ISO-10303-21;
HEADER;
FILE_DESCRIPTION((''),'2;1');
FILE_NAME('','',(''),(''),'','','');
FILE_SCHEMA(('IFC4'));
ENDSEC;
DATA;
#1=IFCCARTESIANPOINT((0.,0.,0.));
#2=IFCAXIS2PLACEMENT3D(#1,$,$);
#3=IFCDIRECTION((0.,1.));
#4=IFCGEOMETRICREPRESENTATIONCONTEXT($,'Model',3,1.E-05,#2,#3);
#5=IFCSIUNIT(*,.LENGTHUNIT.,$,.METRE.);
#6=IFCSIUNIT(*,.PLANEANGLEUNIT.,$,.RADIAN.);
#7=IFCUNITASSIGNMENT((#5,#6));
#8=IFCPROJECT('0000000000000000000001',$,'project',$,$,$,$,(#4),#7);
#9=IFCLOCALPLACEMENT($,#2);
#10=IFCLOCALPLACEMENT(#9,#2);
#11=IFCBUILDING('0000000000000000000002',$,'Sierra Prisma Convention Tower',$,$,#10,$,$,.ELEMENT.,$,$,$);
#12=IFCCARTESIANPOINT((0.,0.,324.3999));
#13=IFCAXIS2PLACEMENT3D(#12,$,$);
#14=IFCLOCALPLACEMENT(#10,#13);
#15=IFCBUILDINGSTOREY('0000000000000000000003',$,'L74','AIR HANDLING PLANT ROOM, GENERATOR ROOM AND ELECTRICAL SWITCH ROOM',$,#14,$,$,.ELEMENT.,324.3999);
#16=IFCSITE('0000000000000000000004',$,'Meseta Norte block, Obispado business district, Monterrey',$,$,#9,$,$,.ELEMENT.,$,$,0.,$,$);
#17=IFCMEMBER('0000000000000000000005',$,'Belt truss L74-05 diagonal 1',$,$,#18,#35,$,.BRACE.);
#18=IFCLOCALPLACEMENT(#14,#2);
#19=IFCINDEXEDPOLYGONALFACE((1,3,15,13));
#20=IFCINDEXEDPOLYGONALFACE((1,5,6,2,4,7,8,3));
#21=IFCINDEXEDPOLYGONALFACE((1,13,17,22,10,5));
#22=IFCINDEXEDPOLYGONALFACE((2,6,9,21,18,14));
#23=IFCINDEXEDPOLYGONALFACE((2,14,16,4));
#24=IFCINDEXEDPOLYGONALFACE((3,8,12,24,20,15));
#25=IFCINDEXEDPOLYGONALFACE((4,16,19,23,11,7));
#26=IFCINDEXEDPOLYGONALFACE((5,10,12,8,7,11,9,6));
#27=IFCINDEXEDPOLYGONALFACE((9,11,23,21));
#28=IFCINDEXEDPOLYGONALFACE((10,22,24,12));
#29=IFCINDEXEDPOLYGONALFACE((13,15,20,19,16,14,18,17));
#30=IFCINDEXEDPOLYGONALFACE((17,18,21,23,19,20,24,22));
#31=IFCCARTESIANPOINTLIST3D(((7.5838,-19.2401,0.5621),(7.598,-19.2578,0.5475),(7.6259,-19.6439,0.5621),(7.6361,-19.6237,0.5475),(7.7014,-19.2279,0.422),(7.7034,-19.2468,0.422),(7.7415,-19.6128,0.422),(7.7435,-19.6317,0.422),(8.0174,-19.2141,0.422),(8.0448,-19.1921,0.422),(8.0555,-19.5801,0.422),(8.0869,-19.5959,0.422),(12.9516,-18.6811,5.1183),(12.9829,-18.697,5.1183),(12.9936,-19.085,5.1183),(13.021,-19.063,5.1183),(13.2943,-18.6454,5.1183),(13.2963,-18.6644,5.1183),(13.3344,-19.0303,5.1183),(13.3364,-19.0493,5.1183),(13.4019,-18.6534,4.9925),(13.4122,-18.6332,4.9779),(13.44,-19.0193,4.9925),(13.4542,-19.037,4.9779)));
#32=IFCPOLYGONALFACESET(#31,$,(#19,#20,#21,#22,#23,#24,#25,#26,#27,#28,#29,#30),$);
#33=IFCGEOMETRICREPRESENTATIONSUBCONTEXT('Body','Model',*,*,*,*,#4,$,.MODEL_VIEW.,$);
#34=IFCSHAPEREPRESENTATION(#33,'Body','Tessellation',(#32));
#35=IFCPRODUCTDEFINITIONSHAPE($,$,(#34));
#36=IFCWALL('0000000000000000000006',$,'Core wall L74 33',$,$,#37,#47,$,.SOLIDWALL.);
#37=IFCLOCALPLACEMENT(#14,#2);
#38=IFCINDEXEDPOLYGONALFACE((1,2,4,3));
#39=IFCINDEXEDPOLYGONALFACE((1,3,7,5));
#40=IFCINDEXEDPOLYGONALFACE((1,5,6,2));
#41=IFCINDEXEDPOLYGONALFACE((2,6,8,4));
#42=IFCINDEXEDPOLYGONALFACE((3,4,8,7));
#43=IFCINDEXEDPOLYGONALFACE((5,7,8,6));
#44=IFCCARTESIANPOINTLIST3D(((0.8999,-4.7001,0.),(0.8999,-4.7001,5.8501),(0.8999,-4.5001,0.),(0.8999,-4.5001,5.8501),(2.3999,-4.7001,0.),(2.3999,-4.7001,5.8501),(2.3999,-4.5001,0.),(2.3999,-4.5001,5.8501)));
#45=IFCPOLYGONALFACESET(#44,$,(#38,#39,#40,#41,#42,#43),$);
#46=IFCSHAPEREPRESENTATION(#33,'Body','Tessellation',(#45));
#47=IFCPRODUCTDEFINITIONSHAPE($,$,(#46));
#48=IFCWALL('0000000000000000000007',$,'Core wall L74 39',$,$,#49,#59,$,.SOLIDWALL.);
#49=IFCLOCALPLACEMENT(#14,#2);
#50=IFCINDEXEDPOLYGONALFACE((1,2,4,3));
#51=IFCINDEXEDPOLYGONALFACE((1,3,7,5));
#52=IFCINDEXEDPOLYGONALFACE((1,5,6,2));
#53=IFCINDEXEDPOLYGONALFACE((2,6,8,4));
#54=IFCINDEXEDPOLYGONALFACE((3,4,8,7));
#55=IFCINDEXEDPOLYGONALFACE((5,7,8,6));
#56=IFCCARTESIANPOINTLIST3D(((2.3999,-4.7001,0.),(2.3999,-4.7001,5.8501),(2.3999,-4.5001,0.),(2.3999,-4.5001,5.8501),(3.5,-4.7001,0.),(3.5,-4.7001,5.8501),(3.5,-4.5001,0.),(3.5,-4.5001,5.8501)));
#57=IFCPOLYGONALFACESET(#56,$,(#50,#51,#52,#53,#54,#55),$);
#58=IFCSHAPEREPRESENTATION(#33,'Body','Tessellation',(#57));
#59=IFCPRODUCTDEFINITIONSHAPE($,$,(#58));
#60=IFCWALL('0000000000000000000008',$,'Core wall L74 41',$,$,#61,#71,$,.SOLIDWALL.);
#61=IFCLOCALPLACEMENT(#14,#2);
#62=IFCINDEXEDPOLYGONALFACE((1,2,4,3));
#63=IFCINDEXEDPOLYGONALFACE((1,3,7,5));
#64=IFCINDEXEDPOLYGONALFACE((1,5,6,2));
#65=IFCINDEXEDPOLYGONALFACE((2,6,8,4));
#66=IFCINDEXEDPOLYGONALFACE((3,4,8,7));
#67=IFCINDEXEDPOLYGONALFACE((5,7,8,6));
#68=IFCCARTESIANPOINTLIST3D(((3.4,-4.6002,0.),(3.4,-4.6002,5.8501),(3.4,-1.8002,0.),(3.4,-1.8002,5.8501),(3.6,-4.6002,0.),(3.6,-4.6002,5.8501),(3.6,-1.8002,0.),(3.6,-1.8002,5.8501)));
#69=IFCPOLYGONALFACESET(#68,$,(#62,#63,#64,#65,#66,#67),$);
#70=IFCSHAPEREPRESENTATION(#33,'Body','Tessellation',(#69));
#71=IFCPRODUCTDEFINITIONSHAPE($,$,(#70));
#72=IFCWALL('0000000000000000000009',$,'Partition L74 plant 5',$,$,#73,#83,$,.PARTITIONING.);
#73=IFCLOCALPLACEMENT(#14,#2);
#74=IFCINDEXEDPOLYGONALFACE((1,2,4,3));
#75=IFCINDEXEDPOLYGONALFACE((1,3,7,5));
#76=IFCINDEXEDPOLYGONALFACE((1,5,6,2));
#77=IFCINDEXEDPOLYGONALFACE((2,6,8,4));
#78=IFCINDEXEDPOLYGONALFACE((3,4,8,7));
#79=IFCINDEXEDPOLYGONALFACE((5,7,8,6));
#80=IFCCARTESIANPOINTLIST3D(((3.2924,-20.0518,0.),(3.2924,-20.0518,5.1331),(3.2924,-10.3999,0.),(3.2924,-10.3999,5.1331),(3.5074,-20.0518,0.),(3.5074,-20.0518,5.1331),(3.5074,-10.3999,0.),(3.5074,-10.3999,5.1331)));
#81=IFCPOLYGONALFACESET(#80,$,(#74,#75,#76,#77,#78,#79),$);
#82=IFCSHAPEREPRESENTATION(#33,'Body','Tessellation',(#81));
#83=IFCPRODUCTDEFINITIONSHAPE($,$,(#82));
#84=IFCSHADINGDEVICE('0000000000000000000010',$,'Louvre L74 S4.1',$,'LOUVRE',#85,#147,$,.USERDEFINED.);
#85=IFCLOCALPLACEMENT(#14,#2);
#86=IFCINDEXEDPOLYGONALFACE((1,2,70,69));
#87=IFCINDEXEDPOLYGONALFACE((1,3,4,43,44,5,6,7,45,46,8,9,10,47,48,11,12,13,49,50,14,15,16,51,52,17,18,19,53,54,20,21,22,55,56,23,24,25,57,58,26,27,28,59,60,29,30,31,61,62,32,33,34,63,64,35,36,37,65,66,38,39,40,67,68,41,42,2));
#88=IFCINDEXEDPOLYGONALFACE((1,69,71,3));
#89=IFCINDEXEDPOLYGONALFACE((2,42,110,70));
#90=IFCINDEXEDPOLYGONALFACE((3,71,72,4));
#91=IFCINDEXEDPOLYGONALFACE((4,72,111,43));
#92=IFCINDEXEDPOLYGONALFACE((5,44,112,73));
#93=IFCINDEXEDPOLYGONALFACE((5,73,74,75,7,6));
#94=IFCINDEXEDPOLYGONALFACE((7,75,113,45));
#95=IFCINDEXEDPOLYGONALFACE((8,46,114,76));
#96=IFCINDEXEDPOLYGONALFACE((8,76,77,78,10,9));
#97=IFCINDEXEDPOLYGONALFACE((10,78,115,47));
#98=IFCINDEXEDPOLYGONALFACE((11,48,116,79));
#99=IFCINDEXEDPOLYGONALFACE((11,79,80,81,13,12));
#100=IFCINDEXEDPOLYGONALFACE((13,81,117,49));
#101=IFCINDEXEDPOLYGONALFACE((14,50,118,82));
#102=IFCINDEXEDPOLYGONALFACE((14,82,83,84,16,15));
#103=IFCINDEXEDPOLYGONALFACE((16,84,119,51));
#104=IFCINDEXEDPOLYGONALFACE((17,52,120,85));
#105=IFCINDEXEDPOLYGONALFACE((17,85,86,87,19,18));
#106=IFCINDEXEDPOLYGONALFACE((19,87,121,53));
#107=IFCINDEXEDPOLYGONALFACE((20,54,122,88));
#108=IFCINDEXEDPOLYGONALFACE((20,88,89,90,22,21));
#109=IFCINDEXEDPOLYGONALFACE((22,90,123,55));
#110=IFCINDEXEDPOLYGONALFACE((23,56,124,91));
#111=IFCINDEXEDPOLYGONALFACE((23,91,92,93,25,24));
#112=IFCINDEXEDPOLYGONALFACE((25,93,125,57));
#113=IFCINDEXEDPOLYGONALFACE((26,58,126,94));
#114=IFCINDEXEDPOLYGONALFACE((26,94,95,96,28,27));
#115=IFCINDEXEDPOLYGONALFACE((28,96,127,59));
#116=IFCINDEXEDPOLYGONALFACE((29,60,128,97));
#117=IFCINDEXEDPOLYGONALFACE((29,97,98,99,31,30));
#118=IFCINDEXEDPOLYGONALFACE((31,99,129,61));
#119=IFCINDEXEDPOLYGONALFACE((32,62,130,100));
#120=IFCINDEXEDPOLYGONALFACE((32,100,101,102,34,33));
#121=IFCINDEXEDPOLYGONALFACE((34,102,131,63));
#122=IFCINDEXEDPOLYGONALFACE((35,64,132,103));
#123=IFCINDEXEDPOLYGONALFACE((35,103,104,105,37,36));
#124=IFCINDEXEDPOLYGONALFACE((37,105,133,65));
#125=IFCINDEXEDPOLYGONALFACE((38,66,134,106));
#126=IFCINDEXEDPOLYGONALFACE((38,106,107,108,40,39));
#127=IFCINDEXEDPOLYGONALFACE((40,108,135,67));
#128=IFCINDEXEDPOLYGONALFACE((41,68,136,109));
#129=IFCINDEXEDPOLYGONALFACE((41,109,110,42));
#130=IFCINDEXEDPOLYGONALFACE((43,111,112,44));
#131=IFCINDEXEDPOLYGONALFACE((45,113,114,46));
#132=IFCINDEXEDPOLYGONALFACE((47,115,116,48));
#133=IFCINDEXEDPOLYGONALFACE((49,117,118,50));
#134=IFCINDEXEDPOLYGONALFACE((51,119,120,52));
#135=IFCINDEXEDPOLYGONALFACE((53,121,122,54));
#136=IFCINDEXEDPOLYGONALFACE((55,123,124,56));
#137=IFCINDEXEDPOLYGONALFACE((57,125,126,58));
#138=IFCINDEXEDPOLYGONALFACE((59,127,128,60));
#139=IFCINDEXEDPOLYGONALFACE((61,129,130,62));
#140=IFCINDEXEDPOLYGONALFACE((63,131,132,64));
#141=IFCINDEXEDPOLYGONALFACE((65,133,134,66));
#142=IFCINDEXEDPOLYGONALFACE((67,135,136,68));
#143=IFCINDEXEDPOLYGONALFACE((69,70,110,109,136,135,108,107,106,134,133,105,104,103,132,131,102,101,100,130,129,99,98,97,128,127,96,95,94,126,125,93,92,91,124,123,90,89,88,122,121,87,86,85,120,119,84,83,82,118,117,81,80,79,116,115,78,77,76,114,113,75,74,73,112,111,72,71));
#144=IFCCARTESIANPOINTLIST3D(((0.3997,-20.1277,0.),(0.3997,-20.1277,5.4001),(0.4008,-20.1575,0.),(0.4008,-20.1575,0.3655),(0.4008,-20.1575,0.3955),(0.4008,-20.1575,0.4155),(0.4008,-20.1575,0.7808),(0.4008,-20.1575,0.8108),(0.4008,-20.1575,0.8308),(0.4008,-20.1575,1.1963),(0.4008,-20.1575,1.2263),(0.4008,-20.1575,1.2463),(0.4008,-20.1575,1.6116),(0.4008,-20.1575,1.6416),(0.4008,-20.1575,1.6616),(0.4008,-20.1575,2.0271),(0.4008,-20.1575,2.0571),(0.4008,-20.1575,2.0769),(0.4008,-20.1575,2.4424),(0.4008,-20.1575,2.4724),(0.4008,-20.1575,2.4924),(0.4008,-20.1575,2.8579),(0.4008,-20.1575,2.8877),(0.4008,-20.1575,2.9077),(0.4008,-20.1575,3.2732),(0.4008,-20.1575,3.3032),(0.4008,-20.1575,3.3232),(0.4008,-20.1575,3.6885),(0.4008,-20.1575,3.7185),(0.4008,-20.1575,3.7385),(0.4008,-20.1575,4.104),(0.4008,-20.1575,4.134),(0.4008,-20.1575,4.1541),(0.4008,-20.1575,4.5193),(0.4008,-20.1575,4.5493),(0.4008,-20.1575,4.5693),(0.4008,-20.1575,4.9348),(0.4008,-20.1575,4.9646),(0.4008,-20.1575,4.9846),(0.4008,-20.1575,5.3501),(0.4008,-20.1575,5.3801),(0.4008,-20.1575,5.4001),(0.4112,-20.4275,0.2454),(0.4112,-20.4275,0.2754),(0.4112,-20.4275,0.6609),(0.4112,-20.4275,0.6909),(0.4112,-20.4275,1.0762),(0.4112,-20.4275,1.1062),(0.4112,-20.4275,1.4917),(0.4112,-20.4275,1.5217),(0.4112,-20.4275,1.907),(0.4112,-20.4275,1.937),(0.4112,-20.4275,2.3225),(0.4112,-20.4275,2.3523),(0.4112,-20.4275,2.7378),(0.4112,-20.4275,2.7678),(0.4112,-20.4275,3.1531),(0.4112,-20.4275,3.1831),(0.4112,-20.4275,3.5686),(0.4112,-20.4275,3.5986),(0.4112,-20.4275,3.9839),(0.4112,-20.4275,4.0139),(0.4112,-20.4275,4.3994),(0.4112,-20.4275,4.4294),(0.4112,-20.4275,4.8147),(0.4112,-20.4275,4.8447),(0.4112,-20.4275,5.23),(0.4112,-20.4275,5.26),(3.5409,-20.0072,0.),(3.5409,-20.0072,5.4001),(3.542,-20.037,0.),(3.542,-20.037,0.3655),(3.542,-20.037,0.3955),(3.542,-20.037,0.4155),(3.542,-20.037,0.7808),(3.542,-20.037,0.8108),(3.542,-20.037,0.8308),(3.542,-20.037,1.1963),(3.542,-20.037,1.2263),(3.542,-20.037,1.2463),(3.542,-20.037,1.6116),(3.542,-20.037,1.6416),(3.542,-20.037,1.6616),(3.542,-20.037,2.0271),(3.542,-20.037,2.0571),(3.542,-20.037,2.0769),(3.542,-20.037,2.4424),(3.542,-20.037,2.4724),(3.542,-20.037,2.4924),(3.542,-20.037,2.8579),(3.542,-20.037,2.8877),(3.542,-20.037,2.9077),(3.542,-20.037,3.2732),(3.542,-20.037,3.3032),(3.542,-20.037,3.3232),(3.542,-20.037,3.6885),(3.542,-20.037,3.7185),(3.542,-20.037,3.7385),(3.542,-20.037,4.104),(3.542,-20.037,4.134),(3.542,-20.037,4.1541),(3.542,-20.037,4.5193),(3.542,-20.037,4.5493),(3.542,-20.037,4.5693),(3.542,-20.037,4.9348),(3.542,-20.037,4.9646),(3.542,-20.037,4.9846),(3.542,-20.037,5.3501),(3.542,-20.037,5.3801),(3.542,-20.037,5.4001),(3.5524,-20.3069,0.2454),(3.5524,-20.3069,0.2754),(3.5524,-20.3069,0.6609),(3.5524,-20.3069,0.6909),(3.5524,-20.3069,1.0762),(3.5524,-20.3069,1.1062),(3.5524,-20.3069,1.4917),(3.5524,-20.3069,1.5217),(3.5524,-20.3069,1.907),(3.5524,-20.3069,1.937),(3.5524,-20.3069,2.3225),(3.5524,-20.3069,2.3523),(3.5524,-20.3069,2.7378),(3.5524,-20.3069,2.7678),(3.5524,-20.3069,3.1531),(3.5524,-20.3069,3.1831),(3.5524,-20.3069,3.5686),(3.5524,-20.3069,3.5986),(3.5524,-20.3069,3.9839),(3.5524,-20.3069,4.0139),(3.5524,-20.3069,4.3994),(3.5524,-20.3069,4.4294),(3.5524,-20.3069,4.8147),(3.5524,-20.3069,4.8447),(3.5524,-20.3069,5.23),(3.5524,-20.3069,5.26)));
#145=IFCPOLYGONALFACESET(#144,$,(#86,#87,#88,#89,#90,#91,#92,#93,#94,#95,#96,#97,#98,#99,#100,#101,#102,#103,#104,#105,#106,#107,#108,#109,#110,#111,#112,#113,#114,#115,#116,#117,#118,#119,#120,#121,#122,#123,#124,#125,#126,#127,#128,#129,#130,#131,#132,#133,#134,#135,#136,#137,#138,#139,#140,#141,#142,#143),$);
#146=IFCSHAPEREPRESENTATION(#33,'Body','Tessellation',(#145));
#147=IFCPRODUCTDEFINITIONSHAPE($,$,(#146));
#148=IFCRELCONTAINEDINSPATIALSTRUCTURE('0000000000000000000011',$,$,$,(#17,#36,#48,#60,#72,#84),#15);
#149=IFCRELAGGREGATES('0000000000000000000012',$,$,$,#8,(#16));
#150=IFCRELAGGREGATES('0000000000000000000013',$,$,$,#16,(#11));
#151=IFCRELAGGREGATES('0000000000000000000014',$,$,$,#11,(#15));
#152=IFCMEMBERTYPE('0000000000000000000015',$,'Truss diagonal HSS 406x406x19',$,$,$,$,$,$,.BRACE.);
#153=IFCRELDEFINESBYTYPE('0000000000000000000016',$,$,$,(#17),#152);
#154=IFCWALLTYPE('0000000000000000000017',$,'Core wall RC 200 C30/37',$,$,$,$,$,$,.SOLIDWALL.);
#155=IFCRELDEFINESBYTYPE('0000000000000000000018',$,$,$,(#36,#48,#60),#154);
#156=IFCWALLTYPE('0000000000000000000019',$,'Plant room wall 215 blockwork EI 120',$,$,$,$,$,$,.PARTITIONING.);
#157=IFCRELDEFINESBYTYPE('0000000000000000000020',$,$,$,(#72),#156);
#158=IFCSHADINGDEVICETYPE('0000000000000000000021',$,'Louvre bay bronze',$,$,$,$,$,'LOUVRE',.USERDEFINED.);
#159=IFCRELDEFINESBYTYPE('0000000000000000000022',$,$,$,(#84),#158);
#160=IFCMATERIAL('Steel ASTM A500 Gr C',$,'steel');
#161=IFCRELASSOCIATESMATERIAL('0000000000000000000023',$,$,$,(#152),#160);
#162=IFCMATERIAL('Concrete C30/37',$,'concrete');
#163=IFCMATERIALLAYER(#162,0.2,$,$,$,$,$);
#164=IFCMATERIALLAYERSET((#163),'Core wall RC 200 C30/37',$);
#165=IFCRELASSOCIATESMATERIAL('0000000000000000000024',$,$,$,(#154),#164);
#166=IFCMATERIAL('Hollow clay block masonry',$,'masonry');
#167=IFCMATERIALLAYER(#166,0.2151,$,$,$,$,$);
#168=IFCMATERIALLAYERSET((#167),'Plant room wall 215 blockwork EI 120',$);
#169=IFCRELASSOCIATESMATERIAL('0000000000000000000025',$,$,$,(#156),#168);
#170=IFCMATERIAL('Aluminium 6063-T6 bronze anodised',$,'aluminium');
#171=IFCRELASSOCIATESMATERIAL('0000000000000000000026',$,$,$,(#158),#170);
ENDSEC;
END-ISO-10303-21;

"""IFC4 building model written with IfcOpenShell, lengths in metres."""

from ifc_helpers import new_model, si_unit, direction, frame, frame_2d, origin, origin_2d, place, context, subcontext, project, spatial, polyline, rectangle, hollow_rectangle, outline, extrude, clip, halfspace, material, layer, layer_set, material_profile, profile_set, type_object, element, save


model = new_model("IFC4")

# Units and contexts
model_context = context("Model", 3, precision=1e-05, world=origin(), true_north=direction((0.0, 1.0)))
body_context = subcontext(model_context, "Body", "Model", "MODEL_VIEW")
ifc_project = project(units=[si_unit("LENGTHUNIT", "METRE"), si_unit("PLANEANGLEUNIT", "RADIAN")], contexts=[model_context])

# Site, building, storey
site_placement = place(None, origin())
site = spatial("IfcSite", under=ifc_project, at=site_placement, Name="Meseta Norte block, Obispado business district, Monterrey", CompositionType="ELEMENT", RefElevation=0.0)
building_placement = place(site_placement, origin())
building = spatial("IfcBuilding", under=site, at=building_placement, Name="Sierra Prisma Convention Tower", CompositionType="ELEMENT")
storey_placement = place(building_placement, frame((0.0, 0.0, 324.3999)))
storey = spatial("IfcBuildingStorey", under=building, at=storey_placement, Name="L74", Description="AIR HANDLING PLANT ROOM, GENERATOR ROOM AND ELECTRICAL SWITCH ROOM", CompositionType="ELEMENT", Elevation=324.3999)

# Member
ifc_material_1 = material(Name="Steel ASTM A500 Gr C", Category="steel")
ifc_material_profile_1 = material_profile(ifc_material_1, hollow_rectangle(XDim=0.406, YDim=0.406, WallThickness=0.019, at=origin_2d()), Name="Truss diagonal HSS 406x406x19")
ifc_profile_set_1 = profile_set([ifc_material_profile_1], Name="Steel ASTM A500 Gr C")
member_type = type_object("IfcMemberType", Name="Truss diagonal HSS 406x406x19", PredefinedType="BRACE", material=ifc_profile_set_1)
member_1_placement = place(storey_placement, frame((7.7351, -19.4285, 0.407), z_axis=(0.759995, 0.079145, 0.645092), x_axis=(-0.103579, 0.994621, 0.0)))
element("IfcMember", 1, at=member_1_placement, inside=storey, type_object=member_type, Name="Belt truss L74-05 diagonal 1", PredefinedType="BRACE", context=body_context, shape_type="SweptSolid", body=[
    clip(clip(extrude(hollow_rectangle(XDim=0.406, YDim=0.406, WallThickness=0.019, at=origin_2d()), origin(), (0.0, 0.0, 1.0), 7.3262), halfspace(frame((0.0, 0.0115, 0.0098), z_axis=(0.0, 0.764105, 0.645092), x_axis=(1.0, 0.0, 0.0)), True)), halfspace(frame((0.0, -0.0115, 7.3169), z_axis=(0.0, -0.764105, -0.645092), x_axis=(1.0, 0.0, 0.0)), True)),
])

# Wall
ifc_material_2 = material(Name="Concrete C30/37", Category="concrete")
ifc_layer_1 = layer(ifc_material_2, 0.2)
ifc_layer_set_1 = layer_set([ifc_layer_1], Name="Core wall RC 200 C30/37")
wall_type_1 = type_object("IfcWallType", Name="Core wall RC 200 C30/37", PredefinedType="SOLIDWALL", material=ifc_layer_set_1)
wall_1_placement = place(storey_placement, frame((0.8999, -4.6001, 0.0), z_axis=(0.0, 0.0, 1.0), x_axis=(1.0, 0.0, 0.0)))
element("IfcWall", 2, at=wall_1_placement, inside=storey, type_object=wall_type_1, Name="Core wall L74 33", PredefinedType="SOLIDWALL", context=body_context, shape_type="SweptSolid", body=[
    extrude(rectangle(XDim=1.5, YDim=0.2, at=frame_2d((0.75, 0.0))), origin(), (0.0, 0.0, 1.0), 5.8501),
])

# Walls
wall_2_placement = place(storey_placement, frame((3.5, -4.6001, 0.0), z_axis=(0.0, 0.0, 1.0), x_axis=(-1.0, 0.0, 0.0)))
element("IfcWall", 3, at=wall_2_placement, inside=storey, type_object=wall_type_1, Name="Core wall L74 39", PredefinedType="SOLIDWALL", context=body_context, shape_type="SweptSolid", body=[
    extrude(rectangle(XDim=1.1001, YDim=0.2, at=frame_2d((0.55, 0.0))), origin(), (0.0, 0.0, 1.0), 5.8501),
])
wall_3_placement = place(storey_placement, frame((3.5, -4.6001, 0.0), z_axis=(0.0, 0.0, 1.0), x_axis=(0.0, 1.0, 0.0)))
element("IfcWall", 4, at=wall_3_placement, inside=storey, type_object=wall_type_1, Name="Core wall L74 41", PredefinedType="SOLIDWALL", context=body_context, shape_type="SweptSolid", body=[
    extrude(rectangle(XDim=2.8, YDim=0.2, at=frame_2d((1.3999, 0.0))), origin(), (0.0, 0.0, 1.0), 5.8501),
])
ifc_material_3 = material(Name="Hollow clay block masonry", Category="masonry")
ifc_layer_2 = layer(ifc_material_3, 0.2151)
ifc_layer_set_2 = layer_set([ifc_layer_2], Name="Plant room wall 215 blockwork EI 120")
wall_type_2 = type_object("IfcWallType", Name="Plant room wall 215 blockwork EI 120", PredefinedType="PARTITIONING", material=ifc_layer_set_2)
wall_4_placement = place(storey_placement, frame((3.3999, -10.3999, 0.0), z_axis=(0.0, 0.0, 1.0), x_axis=(0.0, -1.0, 0.0)))
element("IfcWall", 5, at=wall_4_placement, inside=storey, type_object=wall_type_2, Name="Partition L74 plant 5", PredefinedType="PARTITIONING", context=body_context, shape_type="SweptSolid", body=[
    extrude(rectangle(XDim=9.6519, YDim=0.2151, at=frame_2d((4.8259, 0.0))), origin(), (0.0, 0.0, 1.0), 5.1331),
])

# Shading device
ifc_material_4 = material(Name="Aluminium 6063-T6 bronze anodised", Category="aluminium")
shading_device_type = type_object("IfcShadingDeviceType", Name="Louvre bay bronze", ElementType="LOUVRE", PredefinedType="USERDEFINED", material=ifc_material_4)
shading_device_1_placement = place(storey_placement, frame((0.3997, -20.1277, 0.0), z_axis=(-0.999265, -0.038334, 0.0), x_axis=(0.0, 0.0, 1.0)))
element("IfcShadingDevice", 6, at=shading_device_1_placement, inside=storey, type_object=shading_device_type, Name="Louvre L74 S4.1", ObjectType="LOUVRE", PredefinedType="USERDEFINED", context=body_context, shape_type="SweptSolid", body=[
    extrude(outline(polyline([(0.0, 0.0), (5.4001, 0.0), (5.4001, -0.0298), (5.3801, -0.0298), (5.26, -0.3), (5.23, -0.3), (5.3501, -0.0298), (4.9846, -0.0298), (4.9646, -0.0298), (4.8447, -0.3), (4.8147, -0.3), (4.9348, -0.0298), (4.5693, -0.0298), (4.5493, -0.0298), (4.4294, -0.3), (4.3994, -0.3), (4.5193, -0.0298), (4.1541, -0.0298), (4.134, -0.0298), (4.0139, -0.3), (3.9839, -0.3), (4.104, -0.0298), (3.7385, -0.0298), (3.7185, -0.0298), (3.5986, -0.3), (3.5686, -0.3), (3.6885, -0.0298), (3.3232, -0.0298), (3.3032, -0.0298), (3.1831, -0.3), (3.1531, -0.3), (3.2732, -0.0298), (2.9077, -0.0298), (2.8877, -0.0298), (2.7678, -0.3), (2.7378, -0.3), (2.8579, -0.0298), (2.4924, -0.0298), (2.4724, -0.0298), (2.3523, -0.3), (2.3225, -0.3), (2.4424, -0.0298), (2.0769, -0.0298), (2.0571, -0.0298), (1.937, -0.3), (1.907, -0.3), (2.0271, -0.0298), (1.6616, -0.0298), (1.6416, -0.0298), (1.5217, -0.3), (1.4917, -0.3), (1.6116, -0.0298), (1.2463, -0.0298), (1.2263, -0.0298), (1.1062, -0.3), (1.0762, -0.3), (1.1963, -0.0298), (0.8308, -0.0298), (0.8108, -0.0298), (0.6909, -0.3), (0.6609, -0.3), (0.7808, -0.0298), (0.4155, -0.0298), (0.3955, -0.0298), (0.2754, -0.3), (0.2454, -0.3), (0.3655, -0.0298), (0.0, -0.0298), (0.0, 0.0)])), origin(), (0.0, 0.0, -1.0), 3.1436),
])

save(model, "model.ifc")
